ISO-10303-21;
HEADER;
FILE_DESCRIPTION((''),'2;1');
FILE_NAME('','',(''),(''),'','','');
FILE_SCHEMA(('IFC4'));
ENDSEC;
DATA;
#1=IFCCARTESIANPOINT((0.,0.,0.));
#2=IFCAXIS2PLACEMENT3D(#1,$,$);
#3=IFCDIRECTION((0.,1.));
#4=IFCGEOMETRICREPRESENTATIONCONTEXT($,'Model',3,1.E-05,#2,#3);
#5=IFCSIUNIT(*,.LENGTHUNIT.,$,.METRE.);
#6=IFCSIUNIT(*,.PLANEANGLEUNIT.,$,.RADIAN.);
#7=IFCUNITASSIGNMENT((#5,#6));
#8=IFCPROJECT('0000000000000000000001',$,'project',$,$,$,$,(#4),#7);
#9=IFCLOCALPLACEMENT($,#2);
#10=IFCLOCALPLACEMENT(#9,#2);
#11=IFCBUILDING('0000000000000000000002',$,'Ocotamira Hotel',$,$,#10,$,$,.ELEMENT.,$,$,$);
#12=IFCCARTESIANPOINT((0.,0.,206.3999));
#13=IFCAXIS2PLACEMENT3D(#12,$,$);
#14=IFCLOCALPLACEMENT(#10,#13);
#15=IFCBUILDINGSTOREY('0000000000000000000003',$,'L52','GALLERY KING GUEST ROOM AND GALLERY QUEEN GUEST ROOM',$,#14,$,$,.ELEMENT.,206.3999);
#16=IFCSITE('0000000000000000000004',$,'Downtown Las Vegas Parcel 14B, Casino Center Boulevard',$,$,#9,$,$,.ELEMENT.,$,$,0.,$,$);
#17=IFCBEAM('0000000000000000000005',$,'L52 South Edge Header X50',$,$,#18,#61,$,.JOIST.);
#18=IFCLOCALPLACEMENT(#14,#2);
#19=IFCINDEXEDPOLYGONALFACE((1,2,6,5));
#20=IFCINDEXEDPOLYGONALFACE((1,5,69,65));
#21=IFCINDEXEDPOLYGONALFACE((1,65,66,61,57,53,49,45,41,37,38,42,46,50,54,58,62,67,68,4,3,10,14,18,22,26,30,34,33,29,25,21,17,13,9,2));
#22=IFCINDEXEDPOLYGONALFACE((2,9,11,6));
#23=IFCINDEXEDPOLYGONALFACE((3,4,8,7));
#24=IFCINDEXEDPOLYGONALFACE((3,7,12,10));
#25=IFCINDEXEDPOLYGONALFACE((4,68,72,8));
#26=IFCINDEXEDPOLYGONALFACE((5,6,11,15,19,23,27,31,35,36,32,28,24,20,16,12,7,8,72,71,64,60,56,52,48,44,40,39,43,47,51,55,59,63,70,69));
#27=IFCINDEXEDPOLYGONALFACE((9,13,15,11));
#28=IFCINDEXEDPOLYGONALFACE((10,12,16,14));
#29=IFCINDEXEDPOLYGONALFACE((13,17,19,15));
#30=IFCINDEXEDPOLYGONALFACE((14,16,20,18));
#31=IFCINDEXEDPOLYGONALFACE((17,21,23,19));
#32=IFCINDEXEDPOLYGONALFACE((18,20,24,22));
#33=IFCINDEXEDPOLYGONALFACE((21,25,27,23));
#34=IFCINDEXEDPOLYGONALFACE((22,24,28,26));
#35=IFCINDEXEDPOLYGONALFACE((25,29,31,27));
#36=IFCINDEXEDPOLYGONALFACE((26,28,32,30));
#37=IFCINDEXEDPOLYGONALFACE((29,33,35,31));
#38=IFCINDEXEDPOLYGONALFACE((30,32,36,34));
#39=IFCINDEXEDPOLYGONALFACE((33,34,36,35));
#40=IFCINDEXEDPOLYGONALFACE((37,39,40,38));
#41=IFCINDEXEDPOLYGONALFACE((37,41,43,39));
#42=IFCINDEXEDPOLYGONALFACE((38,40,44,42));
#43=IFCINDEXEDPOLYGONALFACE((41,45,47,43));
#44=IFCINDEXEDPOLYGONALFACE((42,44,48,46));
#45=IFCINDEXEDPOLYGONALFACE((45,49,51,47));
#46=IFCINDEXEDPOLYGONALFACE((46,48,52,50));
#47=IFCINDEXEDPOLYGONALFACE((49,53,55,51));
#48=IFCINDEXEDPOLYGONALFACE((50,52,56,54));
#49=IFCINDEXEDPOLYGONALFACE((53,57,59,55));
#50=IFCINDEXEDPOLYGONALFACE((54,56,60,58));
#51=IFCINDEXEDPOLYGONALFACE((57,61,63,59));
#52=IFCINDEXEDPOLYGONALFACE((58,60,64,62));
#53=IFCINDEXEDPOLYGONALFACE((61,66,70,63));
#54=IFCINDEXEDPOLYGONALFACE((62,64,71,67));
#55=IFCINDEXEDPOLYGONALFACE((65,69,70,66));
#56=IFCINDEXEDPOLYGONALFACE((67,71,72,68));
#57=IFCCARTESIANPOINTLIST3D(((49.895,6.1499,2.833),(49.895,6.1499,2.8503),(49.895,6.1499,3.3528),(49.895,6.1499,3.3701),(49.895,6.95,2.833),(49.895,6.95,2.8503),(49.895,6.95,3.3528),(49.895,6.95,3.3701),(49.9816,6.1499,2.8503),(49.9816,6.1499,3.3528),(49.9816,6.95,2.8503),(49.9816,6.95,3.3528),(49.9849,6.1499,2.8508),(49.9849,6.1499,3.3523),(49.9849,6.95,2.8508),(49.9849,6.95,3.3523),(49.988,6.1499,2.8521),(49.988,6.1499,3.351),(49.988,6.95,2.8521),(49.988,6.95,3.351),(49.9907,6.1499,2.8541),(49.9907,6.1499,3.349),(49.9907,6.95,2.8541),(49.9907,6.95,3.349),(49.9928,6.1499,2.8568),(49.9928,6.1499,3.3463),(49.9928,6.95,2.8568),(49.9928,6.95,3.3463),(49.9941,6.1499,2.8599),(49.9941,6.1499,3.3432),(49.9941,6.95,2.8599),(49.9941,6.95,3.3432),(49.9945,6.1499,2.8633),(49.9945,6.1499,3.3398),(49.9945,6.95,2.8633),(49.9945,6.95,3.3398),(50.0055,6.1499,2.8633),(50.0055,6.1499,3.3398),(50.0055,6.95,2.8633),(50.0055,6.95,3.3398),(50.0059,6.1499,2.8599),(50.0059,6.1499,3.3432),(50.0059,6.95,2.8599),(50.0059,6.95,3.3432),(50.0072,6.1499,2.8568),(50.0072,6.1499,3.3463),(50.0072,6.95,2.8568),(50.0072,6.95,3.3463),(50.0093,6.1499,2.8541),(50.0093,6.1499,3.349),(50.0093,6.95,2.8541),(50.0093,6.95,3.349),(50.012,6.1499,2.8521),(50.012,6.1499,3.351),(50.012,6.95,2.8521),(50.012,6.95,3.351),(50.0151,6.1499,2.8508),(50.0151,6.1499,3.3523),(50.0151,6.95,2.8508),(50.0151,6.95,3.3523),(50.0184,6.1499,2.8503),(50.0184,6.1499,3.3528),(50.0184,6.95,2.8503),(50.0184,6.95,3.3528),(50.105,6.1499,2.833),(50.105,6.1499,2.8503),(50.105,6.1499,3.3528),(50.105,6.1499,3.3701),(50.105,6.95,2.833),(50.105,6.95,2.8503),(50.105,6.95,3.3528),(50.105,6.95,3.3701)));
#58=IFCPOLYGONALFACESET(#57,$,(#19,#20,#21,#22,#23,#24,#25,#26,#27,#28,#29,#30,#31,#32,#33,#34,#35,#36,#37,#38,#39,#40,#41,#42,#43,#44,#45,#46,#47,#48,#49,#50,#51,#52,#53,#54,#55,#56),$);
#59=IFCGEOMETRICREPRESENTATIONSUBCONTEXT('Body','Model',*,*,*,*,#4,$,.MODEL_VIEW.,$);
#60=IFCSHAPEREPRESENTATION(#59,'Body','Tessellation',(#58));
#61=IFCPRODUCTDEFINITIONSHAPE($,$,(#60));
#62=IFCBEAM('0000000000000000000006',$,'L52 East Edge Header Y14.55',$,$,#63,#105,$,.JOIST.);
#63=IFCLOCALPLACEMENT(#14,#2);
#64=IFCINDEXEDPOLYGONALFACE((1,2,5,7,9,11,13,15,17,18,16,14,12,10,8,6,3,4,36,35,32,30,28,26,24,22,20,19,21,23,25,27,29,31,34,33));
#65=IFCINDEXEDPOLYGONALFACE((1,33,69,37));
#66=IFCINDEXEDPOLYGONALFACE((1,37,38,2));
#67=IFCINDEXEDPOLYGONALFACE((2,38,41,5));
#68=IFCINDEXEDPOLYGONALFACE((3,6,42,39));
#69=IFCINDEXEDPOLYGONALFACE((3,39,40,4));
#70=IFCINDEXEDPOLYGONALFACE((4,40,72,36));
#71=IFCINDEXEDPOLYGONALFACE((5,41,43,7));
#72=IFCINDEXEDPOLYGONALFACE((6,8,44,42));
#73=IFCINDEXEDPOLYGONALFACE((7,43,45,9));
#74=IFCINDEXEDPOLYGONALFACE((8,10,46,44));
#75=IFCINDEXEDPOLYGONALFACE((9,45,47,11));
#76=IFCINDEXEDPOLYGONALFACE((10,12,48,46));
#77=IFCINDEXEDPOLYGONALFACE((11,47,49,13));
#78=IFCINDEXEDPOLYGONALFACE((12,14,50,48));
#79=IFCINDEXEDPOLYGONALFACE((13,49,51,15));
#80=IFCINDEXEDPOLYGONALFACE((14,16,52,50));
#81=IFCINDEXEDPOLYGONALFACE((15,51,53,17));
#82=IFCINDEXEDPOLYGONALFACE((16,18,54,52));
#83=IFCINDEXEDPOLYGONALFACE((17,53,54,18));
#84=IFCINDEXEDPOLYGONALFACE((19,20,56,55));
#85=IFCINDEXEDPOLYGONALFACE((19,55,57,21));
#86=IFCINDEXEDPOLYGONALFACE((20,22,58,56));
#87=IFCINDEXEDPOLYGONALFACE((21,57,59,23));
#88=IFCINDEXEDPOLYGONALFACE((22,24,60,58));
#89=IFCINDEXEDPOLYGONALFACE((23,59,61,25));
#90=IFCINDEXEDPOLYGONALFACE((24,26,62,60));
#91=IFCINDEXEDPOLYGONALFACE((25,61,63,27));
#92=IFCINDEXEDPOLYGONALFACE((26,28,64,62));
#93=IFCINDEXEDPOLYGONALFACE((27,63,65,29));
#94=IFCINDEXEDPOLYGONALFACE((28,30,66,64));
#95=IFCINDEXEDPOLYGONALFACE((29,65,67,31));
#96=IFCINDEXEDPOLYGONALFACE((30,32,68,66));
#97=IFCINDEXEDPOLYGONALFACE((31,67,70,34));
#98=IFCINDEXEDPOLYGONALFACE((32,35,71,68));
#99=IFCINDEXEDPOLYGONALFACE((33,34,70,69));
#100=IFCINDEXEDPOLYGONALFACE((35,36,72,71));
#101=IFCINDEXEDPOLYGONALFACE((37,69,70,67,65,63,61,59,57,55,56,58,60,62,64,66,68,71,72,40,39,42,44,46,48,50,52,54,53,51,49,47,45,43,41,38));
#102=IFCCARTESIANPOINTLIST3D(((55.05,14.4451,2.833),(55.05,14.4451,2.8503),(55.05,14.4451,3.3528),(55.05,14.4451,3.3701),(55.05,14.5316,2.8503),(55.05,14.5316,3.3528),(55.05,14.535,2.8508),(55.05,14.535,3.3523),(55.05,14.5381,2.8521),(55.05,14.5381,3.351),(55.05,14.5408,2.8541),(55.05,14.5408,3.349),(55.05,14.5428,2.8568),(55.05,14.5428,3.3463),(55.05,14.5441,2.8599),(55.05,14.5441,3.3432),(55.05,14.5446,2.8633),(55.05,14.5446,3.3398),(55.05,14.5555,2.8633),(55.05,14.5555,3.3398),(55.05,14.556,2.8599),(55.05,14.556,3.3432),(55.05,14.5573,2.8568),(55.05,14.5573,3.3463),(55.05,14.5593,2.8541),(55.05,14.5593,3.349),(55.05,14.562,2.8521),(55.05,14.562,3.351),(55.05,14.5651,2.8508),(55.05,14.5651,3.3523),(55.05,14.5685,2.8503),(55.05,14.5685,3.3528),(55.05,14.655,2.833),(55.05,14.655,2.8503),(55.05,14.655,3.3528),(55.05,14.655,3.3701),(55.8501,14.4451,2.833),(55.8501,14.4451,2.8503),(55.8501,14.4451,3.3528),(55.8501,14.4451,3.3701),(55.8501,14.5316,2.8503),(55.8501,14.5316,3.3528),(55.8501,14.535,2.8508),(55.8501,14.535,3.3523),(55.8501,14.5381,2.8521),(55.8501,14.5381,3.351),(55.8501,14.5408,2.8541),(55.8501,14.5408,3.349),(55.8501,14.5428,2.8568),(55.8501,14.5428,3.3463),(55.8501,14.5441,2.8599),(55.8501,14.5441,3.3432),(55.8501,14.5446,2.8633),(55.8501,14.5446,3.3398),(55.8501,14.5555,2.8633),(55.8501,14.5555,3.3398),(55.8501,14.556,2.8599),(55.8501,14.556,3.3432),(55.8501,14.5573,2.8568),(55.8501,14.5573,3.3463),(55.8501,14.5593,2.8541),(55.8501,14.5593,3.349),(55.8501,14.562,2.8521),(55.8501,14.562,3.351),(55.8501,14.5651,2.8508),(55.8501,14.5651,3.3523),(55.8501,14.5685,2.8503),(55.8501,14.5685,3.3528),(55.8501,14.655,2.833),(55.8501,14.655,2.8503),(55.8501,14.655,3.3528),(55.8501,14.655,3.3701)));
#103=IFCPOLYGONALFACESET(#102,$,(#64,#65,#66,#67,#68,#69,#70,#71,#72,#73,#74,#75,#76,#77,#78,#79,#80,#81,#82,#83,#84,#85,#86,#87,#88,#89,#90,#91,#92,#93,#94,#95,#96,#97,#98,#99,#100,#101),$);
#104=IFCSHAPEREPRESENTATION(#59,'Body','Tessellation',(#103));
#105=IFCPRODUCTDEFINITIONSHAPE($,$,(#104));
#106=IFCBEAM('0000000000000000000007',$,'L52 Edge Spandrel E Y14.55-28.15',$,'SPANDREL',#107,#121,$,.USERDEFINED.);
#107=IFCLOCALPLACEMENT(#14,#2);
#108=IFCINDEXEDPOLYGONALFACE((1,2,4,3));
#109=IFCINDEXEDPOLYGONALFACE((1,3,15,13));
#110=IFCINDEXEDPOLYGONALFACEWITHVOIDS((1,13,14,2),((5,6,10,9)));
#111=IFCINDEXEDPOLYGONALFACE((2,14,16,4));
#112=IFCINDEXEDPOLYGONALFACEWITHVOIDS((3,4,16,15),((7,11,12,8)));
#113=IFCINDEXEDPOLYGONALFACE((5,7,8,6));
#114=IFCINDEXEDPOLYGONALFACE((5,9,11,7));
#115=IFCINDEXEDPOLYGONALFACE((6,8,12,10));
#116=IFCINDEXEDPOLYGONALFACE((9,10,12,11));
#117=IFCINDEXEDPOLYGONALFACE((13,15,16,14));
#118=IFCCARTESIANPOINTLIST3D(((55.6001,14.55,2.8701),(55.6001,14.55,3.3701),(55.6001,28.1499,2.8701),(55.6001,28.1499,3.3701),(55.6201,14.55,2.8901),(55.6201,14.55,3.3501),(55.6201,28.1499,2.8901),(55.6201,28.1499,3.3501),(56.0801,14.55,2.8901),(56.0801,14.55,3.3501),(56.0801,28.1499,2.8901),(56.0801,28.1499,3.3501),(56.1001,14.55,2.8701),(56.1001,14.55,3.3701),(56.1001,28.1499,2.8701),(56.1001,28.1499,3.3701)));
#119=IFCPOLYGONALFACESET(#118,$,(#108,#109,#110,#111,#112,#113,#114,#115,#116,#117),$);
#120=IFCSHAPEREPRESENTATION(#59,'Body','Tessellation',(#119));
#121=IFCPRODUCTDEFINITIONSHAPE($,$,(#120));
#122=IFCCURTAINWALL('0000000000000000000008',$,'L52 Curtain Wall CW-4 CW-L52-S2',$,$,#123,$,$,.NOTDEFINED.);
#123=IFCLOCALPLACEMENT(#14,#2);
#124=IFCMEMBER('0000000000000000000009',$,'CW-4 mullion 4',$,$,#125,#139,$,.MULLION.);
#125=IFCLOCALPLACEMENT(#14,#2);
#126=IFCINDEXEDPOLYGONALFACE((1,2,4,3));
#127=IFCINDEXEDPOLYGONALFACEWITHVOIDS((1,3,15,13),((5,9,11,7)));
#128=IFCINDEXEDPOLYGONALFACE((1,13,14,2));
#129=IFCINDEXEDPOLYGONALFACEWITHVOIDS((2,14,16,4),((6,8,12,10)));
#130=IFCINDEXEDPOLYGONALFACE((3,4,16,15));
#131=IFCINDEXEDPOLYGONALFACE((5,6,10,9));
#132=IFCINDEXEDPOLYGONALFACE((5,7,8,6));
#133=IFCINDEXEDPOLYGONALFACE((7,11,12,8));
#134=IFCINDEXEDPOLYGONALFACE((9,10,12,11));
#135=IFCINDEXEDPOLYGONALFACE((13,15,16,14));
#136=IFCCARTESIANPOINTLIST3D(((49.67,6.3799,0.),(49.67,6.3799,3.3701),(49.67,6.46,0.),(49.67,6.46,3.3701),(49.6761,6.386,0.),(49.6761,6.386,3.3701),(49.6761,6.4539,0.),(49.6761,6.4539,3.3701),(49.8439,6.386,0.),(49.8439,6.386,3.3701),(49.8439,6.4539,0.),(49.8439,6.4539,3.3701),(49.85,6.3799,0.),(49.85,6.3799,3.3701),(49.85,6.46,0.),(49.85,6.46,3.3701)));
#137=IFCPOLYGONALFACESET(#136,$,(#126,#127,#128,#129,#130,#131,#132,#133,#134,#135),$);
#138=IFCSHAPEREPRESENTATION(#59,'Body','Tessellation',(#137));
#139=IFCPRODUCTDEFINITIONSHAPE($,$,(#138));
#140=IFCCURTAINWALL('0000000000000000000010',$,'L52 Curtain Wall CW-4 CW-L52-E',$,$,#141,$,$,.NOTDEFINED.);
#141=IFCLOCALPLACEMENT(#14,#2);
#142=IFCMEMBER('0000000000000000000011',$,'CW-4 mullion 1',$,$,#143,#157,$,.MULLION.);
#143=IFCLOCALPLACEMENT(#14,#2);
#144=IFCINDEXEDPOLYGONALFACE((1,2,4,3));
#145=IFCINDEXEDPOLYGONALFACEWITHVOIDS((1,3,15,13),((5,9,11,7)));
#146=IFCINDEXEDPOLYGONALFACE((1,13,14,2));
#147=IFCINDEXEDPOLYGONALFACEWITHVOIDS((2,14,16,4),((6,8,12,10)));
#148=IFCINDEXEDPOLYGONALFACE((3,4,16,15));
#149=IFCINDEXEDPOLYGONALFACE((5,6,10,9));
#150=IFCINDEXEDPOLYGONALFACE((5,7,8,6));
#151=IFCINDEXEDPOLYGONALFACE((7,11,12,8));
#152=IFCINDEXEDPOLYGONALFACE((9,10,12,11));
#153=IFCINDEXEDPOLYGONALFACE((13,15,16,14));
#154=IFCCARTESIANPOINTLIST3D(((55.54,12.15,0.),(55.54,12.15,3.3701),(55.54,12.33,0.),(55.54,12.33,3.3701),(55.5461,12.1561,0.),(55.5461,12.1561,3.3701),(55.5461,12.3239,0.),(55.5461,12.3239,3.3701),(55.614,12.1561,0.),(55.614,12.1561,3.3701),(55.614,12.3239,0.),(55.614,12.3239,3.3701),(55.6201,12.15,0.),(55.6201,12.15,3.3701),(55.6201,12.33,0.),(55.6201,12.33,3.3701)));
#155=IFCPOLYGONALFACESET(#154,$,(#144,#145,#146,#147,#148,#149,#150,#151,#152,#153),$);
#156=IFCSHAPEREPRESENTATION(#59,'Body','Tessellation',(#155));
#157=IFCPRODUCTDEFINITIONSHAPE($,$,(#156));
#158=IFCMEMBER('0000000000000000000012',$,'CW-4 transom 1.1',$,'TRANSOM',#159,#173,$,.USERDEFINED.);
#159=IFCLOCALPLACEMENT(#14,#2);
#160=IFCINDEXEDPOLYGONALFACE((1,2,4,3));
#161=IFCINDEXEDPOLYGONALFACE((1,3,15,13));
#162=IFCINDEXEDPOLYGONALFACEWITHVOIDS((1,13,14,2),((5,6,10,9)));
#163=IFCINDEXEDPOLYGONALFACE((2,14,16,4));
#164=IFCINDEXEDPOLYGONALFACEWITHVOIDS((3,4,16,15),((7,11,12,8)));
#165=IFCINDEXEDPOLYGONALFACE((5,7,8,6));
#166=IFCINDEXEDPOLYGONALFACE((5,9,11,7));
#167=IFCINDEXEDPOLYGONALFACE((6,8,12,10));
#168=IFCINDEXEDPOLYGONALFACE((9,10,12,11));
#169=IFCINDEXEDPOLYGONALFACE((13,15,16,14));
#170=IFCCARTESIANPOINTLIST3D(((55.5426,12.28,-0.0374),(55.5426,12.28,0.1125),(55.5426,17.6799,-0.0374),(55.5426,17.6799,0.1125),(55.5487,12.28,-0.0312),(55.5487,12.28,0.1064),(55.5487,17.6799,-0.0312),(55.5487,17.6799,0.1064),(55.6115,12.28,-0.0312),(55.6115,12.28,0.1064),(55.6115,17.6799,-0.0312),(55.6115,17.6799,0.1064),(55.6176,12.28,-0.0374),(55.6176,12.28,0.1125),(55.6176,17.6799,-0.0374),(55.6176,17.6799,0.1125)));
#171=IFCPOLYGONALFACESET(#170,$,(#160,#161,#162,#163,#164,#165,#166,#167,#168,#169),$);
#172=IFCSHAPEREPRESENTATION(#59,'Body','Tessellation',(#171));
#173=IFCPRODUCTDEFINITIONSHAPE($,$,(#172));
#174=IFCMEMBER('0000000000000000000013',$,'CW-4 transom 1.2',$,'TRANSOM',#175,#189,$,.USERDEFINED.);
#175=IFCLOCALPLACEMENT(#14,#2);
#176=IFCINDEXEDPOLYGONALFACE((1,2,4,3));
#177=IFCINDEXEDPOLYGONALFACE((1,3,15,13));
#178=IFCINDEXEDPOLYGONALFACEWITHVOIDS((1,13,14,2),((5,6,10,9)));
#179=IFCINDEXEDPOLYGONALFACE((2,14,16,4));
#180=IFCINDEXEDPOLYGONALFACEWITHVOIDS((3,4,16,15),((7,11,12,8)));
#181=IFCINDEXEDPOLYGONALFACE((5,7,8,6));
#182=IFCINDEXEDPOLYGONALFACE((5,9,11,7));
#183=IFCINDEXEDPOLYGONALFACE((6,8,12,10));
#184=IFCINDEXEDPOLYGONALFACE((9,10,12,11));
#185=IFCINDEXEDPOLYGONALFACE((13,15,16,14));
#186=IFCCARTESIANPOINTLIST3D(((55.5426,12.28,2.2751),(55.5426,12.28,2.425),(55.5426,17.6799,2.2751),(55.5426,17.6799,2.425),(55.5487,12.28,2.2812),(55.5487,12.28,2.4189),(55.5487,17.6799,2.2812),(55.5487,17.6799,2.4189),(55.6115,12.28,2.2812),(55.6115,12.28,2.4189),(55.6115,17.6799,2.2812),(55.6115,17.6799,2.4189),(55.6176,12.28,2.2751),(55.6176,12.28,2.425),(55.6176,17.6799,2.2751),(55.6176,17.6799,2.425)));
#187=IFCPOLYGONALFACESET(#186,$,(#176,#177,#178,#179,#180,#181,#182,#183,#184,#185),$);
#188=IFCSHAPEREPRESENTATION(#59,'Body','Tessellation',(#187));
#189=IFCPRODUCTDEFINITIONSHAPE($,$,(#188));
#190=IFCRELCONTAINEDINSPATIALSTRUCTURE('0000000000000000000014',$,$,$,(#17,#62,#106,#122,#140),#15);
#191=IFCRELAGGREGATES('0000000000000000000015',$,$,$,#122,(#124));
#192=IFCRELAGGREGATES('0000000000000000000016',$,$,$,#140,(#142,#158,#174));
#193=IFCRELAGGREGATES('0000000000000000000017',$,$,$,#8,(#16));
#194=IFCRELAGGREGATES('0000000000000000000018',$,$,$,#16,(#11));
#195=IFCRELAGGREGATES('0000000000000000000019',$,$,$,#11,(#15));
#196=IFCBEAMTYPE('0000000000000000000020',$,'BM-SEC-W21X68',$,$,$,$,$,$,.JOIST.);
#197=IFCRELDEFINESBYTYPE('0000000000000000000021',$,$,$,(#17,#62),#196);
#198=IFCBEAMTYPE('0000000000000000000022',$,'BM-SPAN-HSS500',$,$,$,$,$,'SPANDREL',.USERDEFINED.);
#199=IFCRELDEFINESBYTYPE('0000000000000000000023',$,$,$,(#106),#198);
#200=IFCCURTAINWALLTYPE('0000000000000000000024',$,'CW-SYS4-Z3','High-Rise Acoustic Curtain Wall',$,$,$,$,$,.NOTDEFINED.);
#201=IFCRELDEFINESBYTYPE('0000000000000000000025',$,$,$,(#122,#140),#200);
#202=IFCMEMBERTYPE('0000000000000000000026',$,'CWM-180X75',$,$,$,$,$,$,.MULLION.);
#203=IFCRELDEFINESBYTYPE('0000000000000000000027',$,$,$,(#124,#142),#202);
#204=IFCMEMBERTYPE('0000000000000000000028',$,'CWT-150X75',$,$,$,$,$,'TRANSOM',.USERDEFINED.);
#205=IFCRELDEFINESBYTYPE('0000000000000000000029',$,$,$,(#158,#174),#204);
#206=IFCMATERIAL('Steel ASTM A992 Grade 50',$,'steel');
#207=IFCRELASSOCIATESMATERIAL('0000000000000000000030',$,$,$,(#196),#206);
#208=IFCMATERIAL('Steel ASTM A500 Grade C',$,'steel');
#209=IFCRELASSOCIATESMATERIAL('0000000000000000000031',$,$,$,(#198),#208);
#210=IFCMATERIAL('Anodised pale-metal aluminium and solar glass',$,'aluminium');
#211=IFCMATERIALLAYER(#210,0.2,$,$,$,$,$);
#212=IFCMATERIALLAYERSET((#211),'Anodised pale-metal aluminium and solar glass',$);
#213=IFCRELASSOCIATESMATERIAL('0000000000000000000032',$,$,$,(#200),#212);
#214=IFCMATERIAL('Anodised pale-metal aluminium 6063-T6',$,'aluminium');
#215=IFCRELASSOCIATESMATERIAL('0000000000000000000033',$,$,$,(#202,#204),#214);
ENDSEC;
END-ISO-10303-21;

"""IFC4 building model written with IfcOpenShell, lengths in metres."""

from ifc_helpers import new_model, si_unit, direction, frame, origin, origin_2d, place, context, subcontext, project, spatial, hollow_rectangle, i_section, extrude, source, transform, mapped, material, layer, layer_set, material_profile, profile_set, type_object, element, aggregate, save


model = new_model("IFC4")

# Units and contexts
model_context = context("Model", 3, precision=1e-05, world=origin(), true_north=direction((0.0, 1.0)))
body_context = subcontext(model_context, "Body", "Model", "MODEL_VIEW")
ifc_project = project(units=[si_unit("LENGTHUNIT", "METRE"), si_unit("PLANEANGLEUNIT", "RADIAN")], contexts=[model_context])

# Site, building, storey
site_placement = place(None, origin())
site = spatial("IfcSite", under=ifc_project, at=site_placement, Name="Downtown Las Vegas Parcel 14B, Casino Center Boulevard", CompositionType="ELEMENT", RefElevation=0.0)
building_placement = place(site_placement, origin())
building = spatial("IfcBuilding", under=site, at=building_placement, Name="Ocotamira Hotel", CompositionType="ELEMENT")
storey_placement = place(building_placement, frame((0.0, 0.0, 206.3999)))
storey = spatial("IfcBuildingStorey", under=building, at=storey_placement, Name="L52", Description="GALLERY KING GUEST ROOM AND GALLERY QUEEN GUEST ROOM", CompositionType="ELEMENT", Elevation=206.3999)

# Beams
ifc_material_1 = material(Name="Steel ASTM A992 Grade 50", Category="steel")
ifc_material_profile_1 = material_profile(ifc_material_1, i_section(OverallWidth=0.21, OverallDepth=0.5371, WebThickness=0.011, FlangeThickness=0.0173, FilletRadius=0.0129, at=origin_2d()), Name="W21X68")
ifc_profile_set_1 = profile_set([ifc_material_profile_1], Name="Steel ASTM A992 Grade 50")
beam_type_1 = type_object("IfcBeamType", Name="BM-SEC-W21X68", PredefinedType="JOIST", material=ifc_profile_set_1)
shared_shape_1 = source(origin(), body_context, "Body", "SweptSolid", [
    extrude(i_section(OverallWidth=0.21, OverallDepth=0.5371, WebThickness=0.011, FlangeThickness=0.0173, FilletRadius=0.0129, at=origin_2d()), origin(), (0.0, 0.0, 1.0), 0.8),
])
for number, where, z_axis, x_axis, name in (
    (1, (50.0, 6.95, 3.1016), (0.0, -1.0, 0.0), (1.0, 0.0, 0.0), "L52 South Edge Header X50"),
    (2, (55.05, 14.55, 3.1016), (1.0, 0.0, 0.0), (0.0, 1.0, 0.0), "L52 East Edge Header Y14.55"),
):
    element("IfcBeam", number, at=place(storey_placement, frame(where, z_axis=z_axis, x_axis=x_axis)), inside=storey, type_object=beam_type_1, Name=name, PredefinedType="JOIST", context=body_context, shape_type="MappedRepresentation", body=[
        mapped(shared_shape_1, transform((0.0, 0.0, 0.0), scale=1.0)),
    ])
ifc_material_2 = material(Name="Steel ASTM A500 Grade C", Category="steel")
ifc_material_profile_2 = material_profile(ifc_material_2, hollow_rectangle(XDim=0.5, YDim=0.5, WallThickness=0.02, at=origin_2d()), Name="HSS500X500X20")
ifc_profile_set_2 = profile_set([ifc_material_profile_2], Name="Steel ASTM A500 Grade C")
beam_type_2 = type_object("IfcBeamType", Name="BM-SPAN-HSS500", ElementType="SPANDREL", PredefinedType="USERDEFINED", material=ifc_profile_set_2)
shared_shape_2 = source(origin(), body_context, "Body", "SweptSolid", [
    extrude(hollow_rectangle(XDim=0.5, YDim=0.5, WallThickness=0.02, at=origin_2d()), origin(), (0.0, 0.0, 1.0), 13.5999),
])
beam_1_placement = place(storey_placement, frame((55.8501, 14.55, 3.1201), z_axis=(0.0, 1.0, 0.0), x_axis=(-1.0, 0.0, 0.0)))
element("IfcBeam", 3, at=beam_1_placement, inside=storey, type_object=beam_type_2, Name="L52 Edge Spandrel E Y14.55-28.15", ObjectType="SPANDREL", PredefinedType="USERDEFINED", context=body_context, shape_type="MappedRepresentation", body=[
    mapped(shared_shape_2, transform((0.0, 0.0, 0.0), scale=1.0)),
])

# Curtain wall, member
ifc_material_3 = material(Name="Anodised pale-metal aluminium and solar glass", Category="aluminium")
ifc_layer_1 = layer(ifc_material_3, 0.2)
ifc_layer_set_1 = layer_set([ifc_layer_1], Name="Anodised pale-metal aluminium and solar glass")
curtain_wall_type = type_object("IfcCurtainWallType", Name="CW-SYS4-Z3", Description="High-Rise Acoustic Curtain Wall", PredefinedType="NOTDEFINED", material=ifc_layer_set_1)
curtain_wall_1_placement = place(storey_placement, origin())
curtain_wall_1 = element("IfcCurtainWall", 4, at=curtain_wall_1_placement, inside=storey, type_object=curtain_wall_type, Name="L52 Curtain Wall CW-4 CW-L52-S2", PredefinedType="NOTDEFINED")
ifc_material_4 = material(Name="Anodised pale-metal aluminium 6063-T6", Category="aluminium")
ifc_material_profile_3 = material_profile(ifc_material_4, hollow_rectangle(XDim=0.0801, YDim=0.1799, WallThickness=0.0061, at=origin_2d()), Name="HSS180X80X6")
ifc_profile_set_3 = profile_set([ifc_material_profile_3], Name="Anodised pale-metal aluminium 6063-T6")
member_type_1 = type_object("IfcMemberType", Name="CWM-180X75", PredefinedType="MULLION", material=ifc_profile_set_3)
shared_shape_3 = source(origin(), body_context, "Body", "SweptSolid", [
    extrude(hollow_rectangle(XDim=0.0801, YDim=0.1799, WallThickness=0.0061, at=origin_2d()), origin(), (0.0, 0.0, 1.0), 3.3701),
])
member_1_placement = place(storey_placement, frame((49.76, 6.4199, 0.0), z_axis=(0.0, 0.0, 1.0), x_axis=(0.0, 1.0, 0.0)))
member_1 = element("IfcMember", 5, at=member_1_placement, type_object=member_type_1, Name="CW-4 mullion 4", PredefinedType="MULLION", context=body_context, shape_type="MappedRepresentation", body=[
    mapped(shared_shape_3, transform((0.0, 0.0, 0.0), scale=1.0)),
])

# Curtain wall, members
curtain_wall_2_placement = place(storey_placement, origin())
curtain_wall_2 = element("IfcCurtainWall", 6, at=curtain_wall_2_placement, inside=storey, type_object=curtain_wall_type, Name="L52 Curtain Wall CW-4 CW-L52-E", PredefinedType="NOTDEFINED")
member_2_placement = place(storey_placement, frame((55.5801, 12.24, 0.0), z_axis=(0.0, 0.0, 1.0), x_axis=(-1.0, 0.0, 0.0)))
member_2 = element("IfcMember", 7, at=member_2_placement, type_object=member_type_1, Name="CW-4 mullion 1", PredefinedType="MULLION", context=body_context, shape_type="MappedRepresentation", body=[
    mapped(shared_shape_3, transform((0.0, 0.0, 0.0), scale=1.0)),
])
ifc_material_profile_4 = material_profile(ifc_material_4, hollow_rectangle(XDim=0.075, YDim=0.1499, WallThickness=0.0061, at=origin_2d()), Name="HSS150X75X6")
ifc_profile_set_4 = profile_set([ifc_material_profile_4], Name="Anodised pale-metal aluminium 6063-T6")
member_type_2 = type_object("IfcMemberType", Name="CWT-150X75", ElementType="TRANSOM", PredefinedType="USERDEFINED", material=ifc_profile_set_4)
shared_shape_4 = source(origin(), body_context, "Body", "SweptSolid", [
    extrude(hollow_rectangle(XDim=0.075, YDim=0.1499, WallThickness=0.0061, at=origin_2d()), origin(), (0.0, 0.0, 1.0), 5.3999),
])
member_3_placement = place(storey_placement, frame((55.5801, 12.28, 0.0376), z_axis=(0.0, 1.0, 0.0), x_axis=(-1.0, 0.0, 0.0)))
member_3 = element("IfcMember", 8, at=member_3_placement, type_object=member_type_2, Name="CW-4 transom 1.1", ObjectType="TRANSOM", PredefinedType="USERDEFINED", context=body_context, shape_type="MappedRepresentation", body=[
    mapped(shared_shape_4, transform((0.0, 0.0, 0.0), scale=1.0)),
])
member_4_placement = place(storey_placement, frame((55.5801, 12.28, 2.3501), z_axis=(0.0, 1.0, 0.0), x_axis=(-1.0, 0.0, 0.0)))
member_4 = element("IfcMember", 9, at=member_4_placement, type_object=member_type_2, Name="CW-4 transom 1.2", ObjectType="TRANSOM", PredefinedType="USERDEFINED", context=body_context, shape_type="MappedRepresentation", body=[
    mapped(shared_shape_4, transform((0.0, 0.0, 0.0), scale=1.0)),
])

aggregate(curtain_wall_1, [member_1])
aggregate(curtain_wall_2, [member_2, member_3, member_4])

save(model, "model.ifc")
